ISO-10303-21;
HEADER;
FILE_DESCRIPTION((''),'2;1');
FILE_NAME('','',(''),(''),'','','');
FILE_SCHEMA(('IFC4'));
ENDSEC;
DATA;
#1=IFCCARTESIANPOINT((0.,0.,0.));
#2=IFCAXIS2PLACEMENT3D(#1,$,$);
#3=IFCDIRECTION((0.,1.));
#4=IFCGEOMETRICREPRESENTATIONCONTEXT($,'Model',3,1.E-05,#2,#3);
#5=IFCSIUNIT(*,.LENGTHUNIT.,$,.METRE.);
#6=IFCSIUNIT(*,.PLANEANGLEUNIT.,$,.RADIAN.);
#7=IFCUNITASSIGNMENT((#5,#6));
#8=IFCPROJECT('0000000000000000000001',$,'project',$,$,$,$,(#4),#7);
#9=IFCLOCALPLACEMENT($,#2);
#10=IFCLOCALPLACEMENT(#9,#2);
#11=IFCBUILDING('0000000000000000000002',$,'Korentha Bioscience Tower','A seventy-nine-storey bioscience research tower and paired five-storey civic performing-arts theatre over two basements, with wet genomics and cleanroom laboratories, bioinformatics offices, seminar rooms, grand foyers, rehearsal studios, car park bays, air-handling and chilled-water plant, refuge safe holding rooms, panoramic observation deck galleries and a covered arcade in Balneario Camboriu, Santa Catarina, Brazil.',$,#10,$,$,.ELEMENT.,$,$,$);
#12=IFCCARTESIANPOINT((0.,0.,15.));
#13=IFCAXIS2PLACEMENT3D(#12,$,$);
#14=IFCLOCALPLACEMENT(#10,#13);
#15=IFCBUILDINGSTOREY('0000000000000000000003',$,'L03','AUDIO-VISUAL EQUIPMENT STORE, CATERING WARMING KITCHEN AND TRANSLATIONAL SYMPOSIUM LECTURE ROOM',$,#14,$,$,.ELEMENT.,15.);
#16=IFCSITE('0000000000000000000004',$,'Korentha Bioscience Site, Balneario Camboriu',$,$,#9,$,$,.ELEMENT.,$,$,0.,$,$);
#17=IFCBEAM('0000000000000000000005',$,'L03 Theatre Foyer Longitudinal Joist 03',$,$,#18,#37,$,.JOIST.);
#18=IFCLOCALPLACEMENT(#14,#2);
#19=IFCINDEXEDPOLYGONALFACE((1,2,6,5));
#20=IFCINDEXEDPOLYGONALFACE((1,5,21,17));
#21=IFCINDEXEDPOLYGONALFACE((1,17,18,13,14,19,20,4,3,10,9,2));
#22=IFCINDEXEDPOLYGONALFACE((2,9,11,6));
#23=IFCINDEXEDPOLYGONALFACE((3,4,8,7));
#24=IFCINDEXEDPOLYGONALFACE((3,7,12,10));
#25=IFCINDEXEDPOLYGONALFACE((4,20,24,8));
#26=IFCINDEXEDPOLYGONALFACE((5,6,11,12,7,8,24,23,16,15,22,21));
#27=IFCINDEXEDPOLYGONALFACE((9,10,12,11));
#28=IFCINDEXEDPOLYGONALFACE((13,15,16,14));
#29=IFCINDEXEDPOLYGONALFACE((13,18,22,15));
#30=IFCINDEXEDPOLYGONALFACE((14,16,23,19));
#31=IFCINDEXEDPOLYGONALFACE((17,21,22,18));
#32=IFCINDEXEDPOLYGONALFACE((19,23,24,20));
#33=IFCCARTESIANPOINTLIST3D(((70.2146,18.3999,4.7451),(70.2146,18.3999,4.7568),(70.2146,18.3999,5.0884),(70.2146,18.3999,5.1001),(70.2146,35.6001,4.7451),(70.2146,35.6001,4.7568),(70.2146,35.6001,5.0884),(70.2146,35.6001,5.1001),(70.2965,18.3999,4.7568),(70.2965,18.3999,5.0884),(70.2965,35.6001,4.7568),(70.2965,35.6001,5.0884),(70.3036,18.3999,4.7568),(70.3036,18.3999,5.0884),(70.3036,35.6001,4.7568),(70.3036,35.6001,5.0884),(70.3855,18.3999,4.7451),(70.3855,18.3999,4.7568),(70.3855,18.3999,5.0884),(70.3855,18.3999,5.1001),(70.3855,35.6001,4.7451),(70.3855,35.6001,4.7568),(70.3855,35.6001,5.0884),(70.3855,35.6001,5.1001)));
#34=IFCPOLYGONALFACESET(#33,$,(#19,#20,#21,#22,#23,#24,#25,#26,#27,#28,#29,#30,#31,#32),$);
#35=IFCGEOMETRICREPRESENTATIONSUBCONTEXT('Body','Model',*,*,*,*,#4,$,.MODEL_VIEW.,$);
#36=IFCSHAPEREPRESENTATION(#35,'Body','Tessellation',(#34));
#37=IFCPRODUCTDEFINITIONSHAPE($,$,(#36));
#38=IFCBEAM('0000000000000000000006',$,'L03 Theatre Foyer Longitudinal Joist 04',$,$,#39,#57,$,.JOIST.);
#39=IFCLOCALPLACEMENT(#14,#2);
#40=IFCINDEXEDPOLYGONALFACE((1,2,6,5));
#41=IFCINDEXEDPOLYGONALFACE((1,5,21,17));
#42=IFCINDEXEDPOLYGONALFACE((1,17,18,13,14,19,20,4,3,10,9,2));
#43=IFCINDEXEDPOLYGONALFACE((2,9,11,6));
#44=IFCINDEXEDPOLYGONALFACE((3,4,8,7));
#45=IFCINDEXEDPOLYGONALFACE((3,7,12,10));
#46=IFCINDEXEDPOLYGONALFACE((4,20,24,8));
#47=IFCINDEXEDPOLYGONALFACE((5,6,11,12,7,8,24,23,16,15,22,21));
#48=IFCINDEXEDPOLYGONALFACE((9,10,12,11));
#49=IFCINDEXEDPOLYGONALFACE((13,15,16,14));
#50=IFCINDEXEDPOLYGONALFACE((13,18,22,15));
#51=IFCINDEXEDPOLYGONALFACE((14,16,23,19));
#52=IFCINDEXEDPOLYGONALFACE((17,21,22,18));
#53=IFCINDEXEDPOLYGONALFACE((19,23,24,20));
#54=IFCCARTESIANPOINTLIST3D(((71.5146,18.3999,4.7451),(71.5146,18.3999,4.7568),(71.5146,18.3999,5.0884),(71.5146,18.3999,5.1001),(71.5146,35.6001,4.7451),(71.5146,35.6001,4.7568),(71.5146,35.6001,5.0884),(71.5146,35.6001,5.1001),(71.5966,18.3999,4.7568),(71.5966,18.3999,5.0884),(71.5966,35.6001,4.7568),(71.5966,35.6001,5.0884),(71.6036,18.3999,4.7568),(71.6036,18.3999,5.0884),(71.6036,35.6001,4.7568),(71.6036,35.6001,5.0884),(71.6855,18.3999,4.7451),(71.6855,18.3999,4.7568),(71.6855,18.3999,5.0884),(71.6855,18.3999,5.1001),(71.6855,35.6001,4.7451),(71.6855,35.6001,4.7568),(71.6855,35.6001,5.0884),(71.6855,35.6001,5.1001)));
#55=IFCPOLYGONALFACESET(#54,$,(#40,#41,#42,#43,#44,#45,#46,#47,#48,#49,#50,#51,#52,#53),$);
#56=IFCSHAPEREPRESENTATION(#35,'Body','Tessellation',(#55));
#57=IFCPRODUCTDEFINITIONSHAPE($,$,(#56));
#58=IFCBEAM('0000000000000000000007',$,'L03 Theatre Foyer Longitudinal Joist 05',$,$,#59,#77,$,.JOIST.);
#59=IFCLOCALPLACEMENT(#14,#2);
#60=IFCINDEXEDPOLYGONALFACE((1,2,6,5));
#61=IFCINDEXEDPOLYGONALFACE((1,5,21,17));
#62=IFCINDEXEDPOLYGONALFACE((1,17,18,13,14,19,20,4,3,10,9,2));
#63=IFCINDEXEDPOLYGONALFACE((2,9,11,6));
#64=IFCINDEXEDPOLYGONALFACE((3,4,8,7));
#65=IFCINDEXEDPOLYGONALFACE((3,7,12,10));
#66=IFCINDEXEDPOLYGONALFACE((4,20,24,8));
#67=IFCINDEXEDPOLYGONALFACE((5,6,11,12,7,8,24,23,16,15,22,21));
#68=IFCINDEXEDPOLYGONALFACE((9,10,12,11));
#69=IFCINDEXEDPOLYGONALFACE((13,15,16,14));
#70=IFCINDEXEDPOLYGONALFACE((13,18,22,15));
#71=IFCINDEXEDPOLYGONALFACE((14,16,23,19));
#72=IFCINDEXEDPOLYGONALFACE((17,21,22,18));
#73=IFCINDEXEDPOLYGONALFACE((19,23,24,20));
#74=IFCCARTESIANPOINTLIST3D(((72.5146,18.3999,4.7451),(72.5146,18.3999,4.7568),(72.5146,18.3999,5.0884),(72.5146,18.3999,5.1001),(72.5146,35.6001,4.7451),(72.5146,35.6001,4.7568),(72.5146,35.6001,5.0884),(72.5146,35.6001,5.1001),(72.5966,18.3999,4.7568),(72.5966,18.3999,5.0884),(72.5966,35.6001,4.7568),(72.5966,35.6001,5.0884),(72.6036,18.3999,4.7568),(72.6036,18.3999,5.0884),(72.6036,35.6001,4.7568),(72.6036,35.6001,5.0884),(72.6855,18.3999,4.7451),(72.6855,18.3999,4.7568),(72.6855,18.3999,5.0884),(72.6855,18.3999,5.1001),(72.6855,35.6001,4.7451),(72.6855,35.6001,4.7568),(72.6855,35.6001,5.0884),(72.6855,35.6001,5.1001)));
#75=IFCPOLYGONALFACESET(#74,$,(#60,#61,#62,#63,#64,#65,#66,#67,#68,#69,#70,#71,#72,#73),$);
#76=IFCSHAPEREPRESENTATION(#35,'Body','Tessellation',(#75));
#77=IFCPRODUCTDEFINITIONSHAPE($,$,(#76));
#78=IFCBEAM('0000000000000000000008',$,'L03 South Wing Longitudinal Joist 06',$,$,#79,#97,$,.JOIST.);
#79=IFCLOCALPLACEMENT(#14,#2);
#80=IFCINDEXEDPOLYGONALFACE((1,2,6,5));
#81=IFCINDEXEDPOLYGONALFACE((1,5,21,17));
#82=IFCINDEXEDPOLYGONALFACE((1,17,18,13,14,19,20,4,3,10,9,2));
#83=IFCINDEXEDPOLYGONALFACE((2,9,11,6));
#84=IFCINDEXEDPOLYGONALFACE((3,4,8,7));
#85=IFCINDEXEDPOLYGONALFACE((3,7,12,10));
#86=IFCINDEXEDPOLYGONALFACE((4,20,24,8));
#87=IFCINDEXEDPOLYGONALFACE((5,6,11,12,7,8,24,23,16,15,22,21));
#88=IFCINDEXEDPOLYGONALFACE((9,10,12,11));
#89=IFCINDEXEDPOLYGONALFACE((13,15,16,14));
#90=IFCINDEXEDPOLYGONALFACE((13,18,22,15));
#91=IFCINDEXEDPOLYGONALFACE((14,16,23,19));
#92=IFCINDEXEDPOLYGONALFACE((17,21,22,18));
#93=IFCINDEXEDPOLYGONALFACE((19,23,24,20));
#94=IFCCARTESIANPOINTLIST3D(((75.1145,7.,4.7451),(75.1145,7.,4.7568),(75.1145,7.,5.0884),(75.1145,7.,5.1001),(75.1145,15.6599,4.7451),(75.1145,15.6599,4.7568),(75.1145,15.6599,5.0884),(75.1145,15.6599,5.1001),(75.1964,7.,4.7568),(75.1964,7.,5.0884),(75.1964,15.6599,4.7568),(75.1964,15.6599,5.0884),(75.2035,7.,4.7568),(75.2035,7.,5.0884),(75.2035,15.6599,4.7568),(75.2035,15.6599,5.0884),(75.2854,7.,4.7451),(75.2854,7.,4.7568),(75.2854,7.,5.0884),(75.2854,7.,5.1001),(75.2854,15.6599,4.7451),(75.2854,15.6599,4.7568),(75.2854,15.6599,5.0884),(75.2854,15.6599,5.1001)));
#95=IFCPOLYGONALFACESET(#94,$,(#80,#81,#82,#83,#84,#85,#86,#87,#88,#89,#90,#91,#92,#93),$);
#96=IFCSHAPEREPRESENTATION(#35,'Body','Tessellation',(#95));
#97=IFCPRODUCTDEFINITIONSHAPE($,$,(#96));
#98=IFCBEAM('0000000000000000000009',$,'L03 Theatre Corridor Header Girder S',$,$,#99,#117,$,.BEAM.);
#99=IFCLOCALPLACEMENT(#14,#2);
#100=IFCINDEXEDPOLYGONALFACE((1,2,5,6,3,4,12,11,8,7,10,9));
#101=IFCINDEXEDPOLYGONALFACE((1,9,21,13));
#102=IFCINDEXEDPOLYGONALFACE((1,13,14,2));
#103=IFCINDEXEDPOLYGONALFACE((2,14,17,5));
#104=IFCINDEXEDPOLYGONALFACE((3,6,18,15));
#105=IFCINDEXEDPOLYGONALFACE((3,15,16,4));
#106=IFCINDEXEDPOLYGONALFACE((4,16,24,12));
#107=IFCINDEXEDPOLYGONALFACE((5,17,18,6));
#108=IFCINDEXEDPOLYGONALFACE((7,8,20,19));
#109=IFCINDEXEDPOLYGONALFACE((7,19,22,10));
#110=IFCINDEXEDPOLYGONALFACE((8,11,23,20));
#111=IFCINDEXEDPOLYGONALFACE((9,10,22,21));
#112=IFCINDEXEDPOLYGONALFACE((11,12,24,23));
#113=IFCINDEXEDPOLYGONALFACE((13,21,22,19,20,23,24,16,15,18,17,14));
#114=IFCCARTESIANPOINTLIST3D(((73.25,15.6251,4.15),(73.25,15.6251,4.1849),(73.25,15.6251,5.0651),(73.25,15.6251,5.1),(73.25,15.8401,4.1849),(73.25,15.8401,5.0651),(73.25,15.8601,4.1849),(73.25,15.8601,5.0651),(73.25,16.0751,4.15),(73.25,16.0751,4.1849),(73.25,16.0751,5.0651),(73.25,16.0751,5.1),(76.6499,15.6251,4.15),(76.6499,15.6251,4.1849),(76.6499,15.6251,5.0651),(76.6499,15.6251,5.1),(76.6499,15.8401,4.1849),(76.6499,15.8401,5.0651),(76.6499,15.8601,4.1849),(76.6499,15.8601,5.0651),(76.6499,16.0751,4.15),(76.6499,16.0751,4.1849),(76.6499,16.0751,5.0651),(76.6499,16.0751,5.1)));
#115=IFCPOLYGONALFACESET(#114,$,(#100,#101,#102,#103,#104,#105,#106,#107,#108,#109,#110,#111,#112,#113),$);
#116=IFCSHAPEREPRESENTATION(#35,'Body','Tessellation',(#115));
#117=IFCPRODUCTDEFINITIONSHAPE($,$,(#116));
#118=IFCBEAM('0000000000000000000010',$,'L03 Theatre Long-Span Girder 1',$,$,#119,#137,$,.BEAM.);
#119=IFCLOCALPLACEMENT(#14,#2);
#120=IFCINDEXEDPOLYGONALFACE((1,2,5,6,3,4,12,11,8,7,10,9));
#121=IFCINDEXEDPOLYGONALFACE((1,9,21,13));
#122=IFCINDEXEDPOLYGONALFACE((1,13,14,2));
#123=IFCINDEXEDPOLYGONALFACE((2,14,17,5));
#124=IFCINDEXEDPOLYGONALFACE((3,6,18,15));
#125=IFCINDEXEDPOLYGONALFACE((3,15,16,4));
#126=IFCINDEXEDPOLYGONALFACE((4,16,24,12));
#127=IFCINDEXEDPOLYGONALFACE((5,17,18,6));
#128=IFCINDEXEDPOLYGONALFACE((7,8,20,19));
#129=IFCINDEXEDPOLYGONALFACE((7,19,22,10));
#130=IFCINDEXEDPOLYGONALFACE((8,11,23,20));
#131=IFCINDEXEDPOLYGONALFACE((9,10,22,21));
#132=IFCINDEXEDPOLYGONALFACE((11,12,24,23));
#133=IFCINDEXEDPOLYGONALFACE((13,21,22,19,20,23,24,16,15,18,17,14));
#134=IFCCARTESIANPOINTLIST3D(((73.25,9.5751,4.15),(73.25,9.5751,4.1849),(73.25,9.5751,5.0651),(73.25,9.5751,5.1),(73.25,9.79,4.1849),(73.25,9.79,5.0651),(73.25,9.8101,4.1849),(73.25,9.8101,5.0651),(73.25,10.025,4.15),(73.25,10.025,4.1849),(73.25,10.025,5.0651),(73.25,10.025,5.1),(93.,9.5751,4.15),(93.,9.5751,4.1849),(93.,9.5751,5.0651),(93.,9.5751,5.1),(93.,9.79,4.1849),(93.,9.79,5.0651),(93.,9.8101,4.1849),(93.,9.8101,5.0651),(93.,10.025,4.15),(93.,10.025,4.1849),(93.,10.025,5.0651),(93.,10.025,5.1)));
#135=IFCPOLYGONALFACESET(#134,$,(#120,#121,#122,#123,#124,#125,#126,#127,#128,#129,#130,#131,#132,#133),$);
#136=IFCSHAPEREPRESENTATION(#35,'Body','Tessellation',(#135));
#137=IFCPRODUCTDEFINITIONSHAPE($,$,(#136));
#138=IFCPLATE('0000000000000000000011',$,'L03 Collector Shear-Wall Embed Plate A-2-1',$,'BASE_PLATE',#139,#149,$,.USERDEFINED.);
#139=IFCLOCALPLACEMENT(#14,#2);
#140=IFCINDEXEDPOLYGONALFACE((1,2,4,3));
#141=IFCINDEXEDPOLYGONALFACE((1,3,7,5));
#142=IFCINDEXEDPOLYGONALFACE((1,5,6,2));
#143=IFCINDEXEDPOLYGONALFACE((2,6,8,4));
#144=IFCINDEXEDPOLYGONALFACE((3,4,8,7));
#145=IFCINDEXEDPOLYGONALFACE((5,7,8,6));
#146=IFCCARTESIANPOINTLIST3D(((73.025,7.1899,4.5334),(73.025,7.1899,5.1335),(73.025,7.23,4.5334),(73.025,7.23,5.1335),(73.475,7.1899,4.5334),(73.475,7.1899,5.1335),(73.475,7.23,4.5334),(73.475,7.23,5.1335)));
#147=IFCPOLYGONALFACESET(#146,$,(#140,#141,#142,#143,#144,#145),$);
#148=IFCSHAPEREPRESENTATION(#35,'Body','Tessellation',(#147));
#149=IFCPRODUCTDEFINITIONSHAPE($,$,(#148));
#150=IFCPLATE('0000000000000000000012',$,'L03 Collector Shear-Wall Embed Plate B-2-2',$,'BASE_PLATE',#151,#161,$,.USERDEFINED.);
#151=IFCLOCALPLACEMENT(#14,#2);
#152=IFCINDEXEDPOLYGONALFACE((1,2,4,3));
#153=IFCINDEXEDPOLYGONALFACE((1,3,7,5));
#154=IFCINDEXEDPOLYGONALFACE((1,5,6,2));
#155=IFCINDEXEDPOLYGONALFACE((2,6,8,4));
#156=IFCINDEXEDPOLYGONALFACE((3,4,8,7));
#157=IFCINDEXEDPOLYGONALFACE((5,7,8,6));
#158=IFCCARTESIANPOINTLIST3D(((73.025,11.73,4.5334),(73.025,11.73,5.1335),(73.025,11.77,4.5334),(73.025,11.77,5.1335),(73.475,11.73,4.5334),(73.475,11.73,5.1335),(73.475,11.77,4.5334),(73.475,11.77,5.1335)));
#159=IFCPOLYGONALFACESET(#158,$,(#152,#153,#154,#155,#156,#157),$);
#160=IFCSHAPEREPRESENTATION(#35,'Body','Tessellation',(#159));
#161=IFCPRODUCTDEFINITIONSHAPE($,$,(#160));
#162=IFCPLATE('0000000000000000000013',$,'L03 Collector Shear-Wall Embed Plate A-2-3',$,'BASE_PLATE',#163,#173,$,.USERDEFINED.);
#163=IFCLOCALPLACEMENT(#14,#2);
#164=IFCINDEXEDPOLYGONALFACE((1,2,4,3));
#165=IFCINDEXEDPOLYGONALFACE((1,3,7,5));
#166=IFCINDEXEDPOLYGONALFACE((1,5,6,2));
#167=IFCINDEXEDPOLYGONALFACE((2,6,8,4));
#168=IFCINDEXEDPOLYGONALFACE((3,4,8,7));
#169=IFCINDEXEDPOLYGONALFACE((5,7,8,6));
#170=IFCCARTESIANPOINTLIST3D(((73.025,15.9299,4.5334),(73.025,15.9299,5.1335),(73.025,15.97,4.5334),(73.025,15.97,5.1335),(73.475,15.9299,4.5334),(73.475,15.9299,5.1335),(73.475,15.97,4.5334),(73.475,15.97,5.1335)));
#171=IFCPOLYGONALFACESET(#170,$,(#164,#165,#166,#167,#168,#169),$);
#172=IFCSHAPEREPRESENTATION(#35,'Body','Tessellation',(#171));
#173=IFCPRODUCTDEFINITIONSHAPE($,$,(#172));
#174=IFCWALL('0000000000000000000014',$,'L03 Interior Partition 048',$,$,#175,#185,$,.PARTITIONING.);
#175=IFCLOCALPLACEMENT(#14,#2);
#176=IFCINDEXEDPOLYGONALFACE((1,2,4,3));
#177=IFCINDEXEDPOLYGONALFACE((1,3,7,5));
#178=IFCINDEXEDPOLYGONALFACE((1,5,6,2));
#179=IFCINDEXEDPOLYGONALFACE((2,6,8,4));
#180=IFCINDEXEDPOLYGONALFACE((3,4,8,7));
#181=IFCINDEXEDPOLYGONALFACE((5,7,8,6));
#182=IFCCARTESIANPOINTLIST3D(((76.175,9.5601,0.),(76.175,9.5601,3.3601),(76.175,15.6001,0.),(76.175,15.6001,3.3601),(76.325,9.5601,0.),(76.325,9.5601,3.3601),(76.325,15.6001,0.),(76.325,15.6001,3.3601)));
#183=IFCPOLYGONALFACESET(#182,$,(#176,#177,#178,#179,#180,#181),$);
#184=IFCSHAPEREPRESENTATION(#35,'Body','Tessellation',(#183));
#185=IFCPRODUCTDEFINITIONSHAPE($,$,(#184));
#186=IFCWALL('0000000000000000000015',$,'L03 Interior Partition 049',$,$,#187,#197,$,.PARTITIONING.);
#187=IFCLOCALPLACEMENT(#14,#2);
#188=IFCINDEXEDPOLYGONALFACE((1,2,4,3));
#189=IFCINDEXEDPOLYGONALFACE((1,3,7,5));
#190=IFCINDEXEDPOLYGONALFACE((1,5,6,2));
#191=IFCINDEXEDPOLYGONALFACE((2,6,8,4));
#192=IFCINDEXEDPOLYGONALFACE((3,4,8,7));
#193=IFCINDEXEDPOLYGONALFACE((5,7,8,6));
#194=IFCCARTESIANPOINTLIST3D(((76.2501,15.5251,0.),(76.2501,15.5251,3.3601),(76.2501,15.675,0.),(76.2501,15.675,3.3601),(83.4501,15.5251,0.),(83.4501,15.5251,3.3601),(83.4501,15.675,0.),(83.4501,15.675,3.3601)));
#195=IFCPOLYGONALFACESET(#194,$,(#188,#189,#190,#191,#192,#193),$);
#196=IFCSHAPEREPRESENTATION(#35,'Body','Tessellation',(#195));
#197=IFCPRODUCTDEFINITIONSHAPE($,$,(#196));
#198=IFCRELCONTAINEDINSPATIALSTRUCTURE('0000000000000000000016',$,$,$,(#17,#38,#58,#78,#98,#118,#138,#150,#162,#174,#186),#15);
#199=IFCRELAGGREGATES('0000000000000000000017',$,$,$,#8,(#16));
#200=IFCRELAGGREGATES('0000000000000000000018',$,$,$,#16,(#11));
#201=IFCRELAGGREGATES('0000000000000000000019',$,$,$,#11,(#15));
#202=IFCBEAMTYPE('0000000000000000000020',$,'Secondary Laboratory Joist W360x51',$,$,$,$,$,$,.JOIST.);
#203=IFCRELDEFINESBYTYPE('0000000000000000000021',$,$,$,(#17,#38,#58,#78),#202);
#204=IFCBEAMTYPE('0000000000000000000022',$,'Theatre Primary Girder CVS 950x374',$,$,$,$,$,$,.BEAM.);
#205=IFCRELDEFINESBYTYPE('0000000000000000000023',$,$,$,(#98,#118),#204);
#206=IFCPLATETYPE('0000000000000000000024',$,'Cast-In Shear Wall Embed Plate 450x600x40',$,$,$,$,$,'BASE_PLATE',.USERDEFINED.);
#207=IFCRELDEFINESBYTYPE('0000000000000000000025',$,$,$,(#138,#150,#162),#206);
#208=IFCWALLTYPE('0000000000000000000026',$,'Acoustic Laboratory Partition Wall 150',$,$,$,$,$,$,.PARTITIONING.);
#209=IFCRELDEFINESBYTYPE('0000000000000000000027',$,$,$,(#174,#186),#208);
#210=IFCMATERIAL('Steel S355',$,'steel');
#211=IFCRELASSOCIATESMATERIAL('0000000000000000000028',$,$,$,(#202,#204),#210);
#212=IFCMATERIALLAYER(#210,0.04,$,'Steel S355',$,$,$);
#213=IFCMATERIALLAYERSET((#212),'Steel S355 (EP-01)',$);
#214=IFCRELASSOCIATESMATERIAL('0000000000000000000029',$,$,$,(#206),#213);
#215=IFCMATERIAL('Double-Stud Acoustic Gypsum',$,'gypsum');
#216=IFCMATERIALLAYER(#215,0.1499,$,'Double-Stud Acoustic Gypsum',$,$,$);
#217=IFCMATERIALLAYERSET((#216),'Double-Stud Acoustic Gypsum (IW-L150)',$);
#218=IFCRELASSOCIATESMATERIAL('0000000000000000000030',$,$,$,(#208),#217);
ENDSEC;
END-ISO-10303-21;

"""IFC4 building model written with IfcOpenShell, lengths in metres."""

from ifc_helpers import new_model, si_unit, direction, frame, frame_2d, origin, origin_2d, place, context, subcontext, project, spatial, rectangle, i_section, extrude, material, layer, layer_set, material_profile, profile_set, type_object, element, save


model = new_model("IFC4")

# Units and contexts
model_context = context("Model", 3, precision=1e-05, world=origin(), true_north=direction((0.0, 1.0)))
body_context = subcontext(model_context, "Body", "Model", "MODEL_VIEW")
ifc_project = project(units=[si_unit("LENGTHUNIT", "METRE"), si_unit("PLANEANGLEUNIT", "RADIAN")], contexts=[model_context])

# Site, building, storey
site_placement = place(None, origin())
site = spatial("IfcSite", under=ifc_project, at=site_placement, Name="Korentha Bioscience Site, Balneario Camboriu", CompositionType="ELEMENT", RefElevation=0.0)
building_placement = place(site_placement, origin())
building = spatial("IfcBuilding", under=site, at=building_placement, Name="Korentha Bioscience Tower", Description="A seventy-nine-storey bioscience research tower and paired five-storey civic performing-arts theatre over two basements, with wet genomics and cleanroom laboratories, bioinformatics offices, seminar rooms, grand foyers, rehearsal studios, car park bays, air-handling and chilled-water plant, refuge safe holding rooms, panoramic observation deck galleries and a covered arcade in Balneario Camboriu, Santa Catarina, Brazil.", CompositionType="ELEMENT")
storey_placement = place(building_placement, frame((0.0, 0.0, 15.0)))
storey = spatial("IfcBuildingStorey", under=building, at=storey_placement, Name="L03", Description="AUDIO-VISUAL EQUIPMENT STORE, CATERING WARMING KITCHEN AND TRANSLATIONAL SYMPOSIUM LECTURE ROOM", CompositionType="ELEMENT", Elevation=15.0)

# Beams
ifc_material_1 = material(Name="Steel S355", Category="steel")
ifc_material_profile_1 = material_profile(ifc_material_1, i_section(OverallWidth=0.1709, OverallDepth=0.355, WebThickness=0.0071, FlangeThickness=0.0117, at=origin_2d()), Name="Steel S355")
ifc_profile_set_1 = profile_set([ifc_material_profile_1], Name="Steel S355 (JB-360)")
beam_type_1 = type_object("IfcBeamType", Name="Secondary Laboratory Joist W360x51", PredefinedType="JOIST", material=ifc_profile_set_1)
for number, where, z_axis, x_axis, name in (
    (1, (70.3, 18.3999, 4.9226), (0.0, 1.0, 0.0), (-1.0, 0.0, 0.0), "L03 Theatre Foyer Longitudinal Joist 03"),
    (2, (71.6001, 18.3999, 4.9226), (0.0, 1.0, 0.0), (-1.0, 0.0, 0.0), "L03 Theatre Foyer Longitudinal Joist 04"),
    (3, (72.6001, 18.3999, 4.9226), (0.0, 1.0, 0.0), (-1.0, 0.0, 0.0), "L03 Theatre Foyer Longitudinal Joist 05"),
):
    element("IfcBeam", number, at=place(storey_placement, frame(where, z_axis=z_axis, x_axis=x_axis)), inside=storey, type_object=beam_type_1, Name=name, PredefinedType="JOIST", context=body_context, shape_type="SweptSolid", body=[
        extrude(i_section(OverallWidth=0.1709, OverallDepth=0.355, WebThickness=0.0071, FlangeThickness=0.0117, at=origin_2d()), origin(), (0.0, 0.0, 1.0), 17.2002),
    ])
beam_1_placement = place(storey_placement, frame((75.2, 7.0, 4.9226), z_axis=(0.0, 1.0, 0.0), x_axis=(-1.0, 0.0, 0.0)))
element("IfcBeam", 4, at=beam_1_placement, inside=storey, type_object=beam_type_1, Name="L03 South Wing Longitudinal Joist 06", PredefinedType="JOIST", context=body_context, shape_type="SweptSolid", body=[
    extrude(i_section(OverallWidth=0.1709, OverallDepth=0.355, WebThickness=0.0071, FlangeThickness=0.0117, at=origin_2d()), origin(), (0.0, 0.0, 1.0), 8.6599),
])
ifc_material_profile_2 = material_profile(ifc_material_1, i_section(OverallWidth=0.45, OverallDepth=0.95, WebThickness=0.02, FlangeThickness=0.0349, at=origin_2d()), Name="Steel S355")
ifc_profile_set_2 = profile_set([ifc_material_profile_2], Name="Steel S355 (TB-950)")
beam_type_2 = type_object("IfcBeamType", Name="Theatre Primary Girder CVS 950x374", PredefinedType="BEAM", material=ifc_profile_set_2)
beam_2_placement = place(storey_placement, frame((73.25, 15.8501, 4.625), z_axis=(1.0, 0.0, 0.0), x_axis=(0.0, 1.0, 0.0)))
element("IfcBeam", 5, at=beam_2_placement, inside=storey, type_object=beam_type_2, Name="L03 Theatre Corridor Header Girder S", PredefinedType="BEAM", context=body_context, shape_type="SweptSolid", body=[
    extrude(i_section(OverallWidth=0.45, OverallDepth=0.95, WebThickness=0.02, FlangeThickness=0.0349, at=origin_2d()), origin(), (0.0, 0.0, 1.0), 3.3999),
])
beam_3_placement = place(storey_placement, frame((73.25, 9.8, 4.625), z_axis=(1.0, 0.0, 0.0), x_axis=(0.0, 1.0, 0.0)))
element("IfcBeam", 6, at=beam_3_placement, inside=storey, type_object=beam_type_2, Name="L03 Theatre Long-Span Girder 1", PredefinedType="BEAM", context=body_context, shape_type="SweptSolid", body=[
    extrude(i_section(OverallWidth=0.45, OverallDepth=0.95, WebThickness=0.02, FlangeThickness=0.0349, at=origin_2d()), origin(), (0.0, 0.0, 1.0), 19.75),
])

# Plates
ifc_layer_1 = layer(ifc_material_1, 0.04, Name="Steel S355")
ifc_layer_set_1 = layer_set([ifc_layer_1], Name="Steel S355 (EP-01)")
plate_type = type_object("IfcPlateType", Name="Cast-In Shear Wall Embed Plate 450x600x40", ElementType="BASE_PLATE", PredefinedType="USERDEFINED", material=ifc_layer_set_1)
for number, where, z_axis, x_axis, name in (
    (7, (73.25, 7.21, 4.5334), (0.0, 0.0, 1.0), (1.0, 0.0, 0.0), "L03 Collector Shear-Wall Embed Plate A-2-1"),
    (8, (73.25, 11.75, 4.5334), (0.0, 0.0, 1.0), (1.0, 0.0, 0.0), "L03 Collector Shear-Wall Embed Plate B-2-2"),
    (9, (73.25, 15.95, 4.5334), (0.0, 0.0, 1.0), (1.0, 0.0, 0.0), "L03 Collector Shear-Wall Embed Plate A-2-3"),
):
    element("IfcPlate", number, at=place(storey_placement, frame(where, z_axis=z_axis, x_axis=x_axis)), inside=storey, type_object=plate_type, Name=name, ObjectType="BASE_PLATE", PredefinedType="USERDEFINED", context=body_context, shape_type="SweptSolid", body=[
        extrude(rectangle(XDim=0.45, YDim=0.04, at=origin_2d()), origin(), (0.0, 0.0, 1.0), 0.6001),
    ])

# Walls
ifc_material_2 = material(Name="Double-Stud Acoustic Gypsum", Category="gypsum")
ifc_layer_2 = layer(ifc_material_2, 0.1499, Name="Double-Stud Acoustic Gypsum")
ifc_layer_set_2 = layer_set([ifc_layer_2], Name="Double-Stud Acoustic Gypsum (IW-L150)")
wall_type_1 = type_object("IfcWallType", Name="Acoustic Laboratory Partition Wall 150", PredefinedType="PARTITIONING", material=ifc_layer_set_2)
wall_1_placement = place(storey_placement, frame((76.25, 9.5601, 0.0), z_axis=(0.0, 0.0, 1.0), x_axis=(0.0, 1.0, 0.0)))
element("IfcWall", 10, at=wall_1_placement, inside=storey, type_object=wall_type_1, Name="L03 Interior Partition 048", PredefinedType="PARTITIONING", context=body_context, shape_type="SweptSolid", body=[
    extrude(rectangle(XDim=6.04, YDim=0.1499, at=frame_2d((3.02, 0.0))), origin(), (0.0, 0.0, 1.0), 3.3601),
])
wall_2_placement = place(storey_placement, frame((76.25, 15.6001, 0.0), z_axis=(0.0, 0.0, 1.0), x_axis=(1.0, 0.0, 0.0)))
element("IfcWall", 11, at=wall_2_placement, inside=storey, type_object=wall_type_1, Name="L03 Interior Partition 049", PredefinedType="PARTITIONING", context=body_context, shape_type="SweptSolid", body=[
    extrude(rectangle(XDim=7.2, YDim=0.1499, at=frame_2d((3.6001, 0.0))), origin(), (0.0, 0.0, 1.0), 3.3601),
])

save(model, "model.ifc")
